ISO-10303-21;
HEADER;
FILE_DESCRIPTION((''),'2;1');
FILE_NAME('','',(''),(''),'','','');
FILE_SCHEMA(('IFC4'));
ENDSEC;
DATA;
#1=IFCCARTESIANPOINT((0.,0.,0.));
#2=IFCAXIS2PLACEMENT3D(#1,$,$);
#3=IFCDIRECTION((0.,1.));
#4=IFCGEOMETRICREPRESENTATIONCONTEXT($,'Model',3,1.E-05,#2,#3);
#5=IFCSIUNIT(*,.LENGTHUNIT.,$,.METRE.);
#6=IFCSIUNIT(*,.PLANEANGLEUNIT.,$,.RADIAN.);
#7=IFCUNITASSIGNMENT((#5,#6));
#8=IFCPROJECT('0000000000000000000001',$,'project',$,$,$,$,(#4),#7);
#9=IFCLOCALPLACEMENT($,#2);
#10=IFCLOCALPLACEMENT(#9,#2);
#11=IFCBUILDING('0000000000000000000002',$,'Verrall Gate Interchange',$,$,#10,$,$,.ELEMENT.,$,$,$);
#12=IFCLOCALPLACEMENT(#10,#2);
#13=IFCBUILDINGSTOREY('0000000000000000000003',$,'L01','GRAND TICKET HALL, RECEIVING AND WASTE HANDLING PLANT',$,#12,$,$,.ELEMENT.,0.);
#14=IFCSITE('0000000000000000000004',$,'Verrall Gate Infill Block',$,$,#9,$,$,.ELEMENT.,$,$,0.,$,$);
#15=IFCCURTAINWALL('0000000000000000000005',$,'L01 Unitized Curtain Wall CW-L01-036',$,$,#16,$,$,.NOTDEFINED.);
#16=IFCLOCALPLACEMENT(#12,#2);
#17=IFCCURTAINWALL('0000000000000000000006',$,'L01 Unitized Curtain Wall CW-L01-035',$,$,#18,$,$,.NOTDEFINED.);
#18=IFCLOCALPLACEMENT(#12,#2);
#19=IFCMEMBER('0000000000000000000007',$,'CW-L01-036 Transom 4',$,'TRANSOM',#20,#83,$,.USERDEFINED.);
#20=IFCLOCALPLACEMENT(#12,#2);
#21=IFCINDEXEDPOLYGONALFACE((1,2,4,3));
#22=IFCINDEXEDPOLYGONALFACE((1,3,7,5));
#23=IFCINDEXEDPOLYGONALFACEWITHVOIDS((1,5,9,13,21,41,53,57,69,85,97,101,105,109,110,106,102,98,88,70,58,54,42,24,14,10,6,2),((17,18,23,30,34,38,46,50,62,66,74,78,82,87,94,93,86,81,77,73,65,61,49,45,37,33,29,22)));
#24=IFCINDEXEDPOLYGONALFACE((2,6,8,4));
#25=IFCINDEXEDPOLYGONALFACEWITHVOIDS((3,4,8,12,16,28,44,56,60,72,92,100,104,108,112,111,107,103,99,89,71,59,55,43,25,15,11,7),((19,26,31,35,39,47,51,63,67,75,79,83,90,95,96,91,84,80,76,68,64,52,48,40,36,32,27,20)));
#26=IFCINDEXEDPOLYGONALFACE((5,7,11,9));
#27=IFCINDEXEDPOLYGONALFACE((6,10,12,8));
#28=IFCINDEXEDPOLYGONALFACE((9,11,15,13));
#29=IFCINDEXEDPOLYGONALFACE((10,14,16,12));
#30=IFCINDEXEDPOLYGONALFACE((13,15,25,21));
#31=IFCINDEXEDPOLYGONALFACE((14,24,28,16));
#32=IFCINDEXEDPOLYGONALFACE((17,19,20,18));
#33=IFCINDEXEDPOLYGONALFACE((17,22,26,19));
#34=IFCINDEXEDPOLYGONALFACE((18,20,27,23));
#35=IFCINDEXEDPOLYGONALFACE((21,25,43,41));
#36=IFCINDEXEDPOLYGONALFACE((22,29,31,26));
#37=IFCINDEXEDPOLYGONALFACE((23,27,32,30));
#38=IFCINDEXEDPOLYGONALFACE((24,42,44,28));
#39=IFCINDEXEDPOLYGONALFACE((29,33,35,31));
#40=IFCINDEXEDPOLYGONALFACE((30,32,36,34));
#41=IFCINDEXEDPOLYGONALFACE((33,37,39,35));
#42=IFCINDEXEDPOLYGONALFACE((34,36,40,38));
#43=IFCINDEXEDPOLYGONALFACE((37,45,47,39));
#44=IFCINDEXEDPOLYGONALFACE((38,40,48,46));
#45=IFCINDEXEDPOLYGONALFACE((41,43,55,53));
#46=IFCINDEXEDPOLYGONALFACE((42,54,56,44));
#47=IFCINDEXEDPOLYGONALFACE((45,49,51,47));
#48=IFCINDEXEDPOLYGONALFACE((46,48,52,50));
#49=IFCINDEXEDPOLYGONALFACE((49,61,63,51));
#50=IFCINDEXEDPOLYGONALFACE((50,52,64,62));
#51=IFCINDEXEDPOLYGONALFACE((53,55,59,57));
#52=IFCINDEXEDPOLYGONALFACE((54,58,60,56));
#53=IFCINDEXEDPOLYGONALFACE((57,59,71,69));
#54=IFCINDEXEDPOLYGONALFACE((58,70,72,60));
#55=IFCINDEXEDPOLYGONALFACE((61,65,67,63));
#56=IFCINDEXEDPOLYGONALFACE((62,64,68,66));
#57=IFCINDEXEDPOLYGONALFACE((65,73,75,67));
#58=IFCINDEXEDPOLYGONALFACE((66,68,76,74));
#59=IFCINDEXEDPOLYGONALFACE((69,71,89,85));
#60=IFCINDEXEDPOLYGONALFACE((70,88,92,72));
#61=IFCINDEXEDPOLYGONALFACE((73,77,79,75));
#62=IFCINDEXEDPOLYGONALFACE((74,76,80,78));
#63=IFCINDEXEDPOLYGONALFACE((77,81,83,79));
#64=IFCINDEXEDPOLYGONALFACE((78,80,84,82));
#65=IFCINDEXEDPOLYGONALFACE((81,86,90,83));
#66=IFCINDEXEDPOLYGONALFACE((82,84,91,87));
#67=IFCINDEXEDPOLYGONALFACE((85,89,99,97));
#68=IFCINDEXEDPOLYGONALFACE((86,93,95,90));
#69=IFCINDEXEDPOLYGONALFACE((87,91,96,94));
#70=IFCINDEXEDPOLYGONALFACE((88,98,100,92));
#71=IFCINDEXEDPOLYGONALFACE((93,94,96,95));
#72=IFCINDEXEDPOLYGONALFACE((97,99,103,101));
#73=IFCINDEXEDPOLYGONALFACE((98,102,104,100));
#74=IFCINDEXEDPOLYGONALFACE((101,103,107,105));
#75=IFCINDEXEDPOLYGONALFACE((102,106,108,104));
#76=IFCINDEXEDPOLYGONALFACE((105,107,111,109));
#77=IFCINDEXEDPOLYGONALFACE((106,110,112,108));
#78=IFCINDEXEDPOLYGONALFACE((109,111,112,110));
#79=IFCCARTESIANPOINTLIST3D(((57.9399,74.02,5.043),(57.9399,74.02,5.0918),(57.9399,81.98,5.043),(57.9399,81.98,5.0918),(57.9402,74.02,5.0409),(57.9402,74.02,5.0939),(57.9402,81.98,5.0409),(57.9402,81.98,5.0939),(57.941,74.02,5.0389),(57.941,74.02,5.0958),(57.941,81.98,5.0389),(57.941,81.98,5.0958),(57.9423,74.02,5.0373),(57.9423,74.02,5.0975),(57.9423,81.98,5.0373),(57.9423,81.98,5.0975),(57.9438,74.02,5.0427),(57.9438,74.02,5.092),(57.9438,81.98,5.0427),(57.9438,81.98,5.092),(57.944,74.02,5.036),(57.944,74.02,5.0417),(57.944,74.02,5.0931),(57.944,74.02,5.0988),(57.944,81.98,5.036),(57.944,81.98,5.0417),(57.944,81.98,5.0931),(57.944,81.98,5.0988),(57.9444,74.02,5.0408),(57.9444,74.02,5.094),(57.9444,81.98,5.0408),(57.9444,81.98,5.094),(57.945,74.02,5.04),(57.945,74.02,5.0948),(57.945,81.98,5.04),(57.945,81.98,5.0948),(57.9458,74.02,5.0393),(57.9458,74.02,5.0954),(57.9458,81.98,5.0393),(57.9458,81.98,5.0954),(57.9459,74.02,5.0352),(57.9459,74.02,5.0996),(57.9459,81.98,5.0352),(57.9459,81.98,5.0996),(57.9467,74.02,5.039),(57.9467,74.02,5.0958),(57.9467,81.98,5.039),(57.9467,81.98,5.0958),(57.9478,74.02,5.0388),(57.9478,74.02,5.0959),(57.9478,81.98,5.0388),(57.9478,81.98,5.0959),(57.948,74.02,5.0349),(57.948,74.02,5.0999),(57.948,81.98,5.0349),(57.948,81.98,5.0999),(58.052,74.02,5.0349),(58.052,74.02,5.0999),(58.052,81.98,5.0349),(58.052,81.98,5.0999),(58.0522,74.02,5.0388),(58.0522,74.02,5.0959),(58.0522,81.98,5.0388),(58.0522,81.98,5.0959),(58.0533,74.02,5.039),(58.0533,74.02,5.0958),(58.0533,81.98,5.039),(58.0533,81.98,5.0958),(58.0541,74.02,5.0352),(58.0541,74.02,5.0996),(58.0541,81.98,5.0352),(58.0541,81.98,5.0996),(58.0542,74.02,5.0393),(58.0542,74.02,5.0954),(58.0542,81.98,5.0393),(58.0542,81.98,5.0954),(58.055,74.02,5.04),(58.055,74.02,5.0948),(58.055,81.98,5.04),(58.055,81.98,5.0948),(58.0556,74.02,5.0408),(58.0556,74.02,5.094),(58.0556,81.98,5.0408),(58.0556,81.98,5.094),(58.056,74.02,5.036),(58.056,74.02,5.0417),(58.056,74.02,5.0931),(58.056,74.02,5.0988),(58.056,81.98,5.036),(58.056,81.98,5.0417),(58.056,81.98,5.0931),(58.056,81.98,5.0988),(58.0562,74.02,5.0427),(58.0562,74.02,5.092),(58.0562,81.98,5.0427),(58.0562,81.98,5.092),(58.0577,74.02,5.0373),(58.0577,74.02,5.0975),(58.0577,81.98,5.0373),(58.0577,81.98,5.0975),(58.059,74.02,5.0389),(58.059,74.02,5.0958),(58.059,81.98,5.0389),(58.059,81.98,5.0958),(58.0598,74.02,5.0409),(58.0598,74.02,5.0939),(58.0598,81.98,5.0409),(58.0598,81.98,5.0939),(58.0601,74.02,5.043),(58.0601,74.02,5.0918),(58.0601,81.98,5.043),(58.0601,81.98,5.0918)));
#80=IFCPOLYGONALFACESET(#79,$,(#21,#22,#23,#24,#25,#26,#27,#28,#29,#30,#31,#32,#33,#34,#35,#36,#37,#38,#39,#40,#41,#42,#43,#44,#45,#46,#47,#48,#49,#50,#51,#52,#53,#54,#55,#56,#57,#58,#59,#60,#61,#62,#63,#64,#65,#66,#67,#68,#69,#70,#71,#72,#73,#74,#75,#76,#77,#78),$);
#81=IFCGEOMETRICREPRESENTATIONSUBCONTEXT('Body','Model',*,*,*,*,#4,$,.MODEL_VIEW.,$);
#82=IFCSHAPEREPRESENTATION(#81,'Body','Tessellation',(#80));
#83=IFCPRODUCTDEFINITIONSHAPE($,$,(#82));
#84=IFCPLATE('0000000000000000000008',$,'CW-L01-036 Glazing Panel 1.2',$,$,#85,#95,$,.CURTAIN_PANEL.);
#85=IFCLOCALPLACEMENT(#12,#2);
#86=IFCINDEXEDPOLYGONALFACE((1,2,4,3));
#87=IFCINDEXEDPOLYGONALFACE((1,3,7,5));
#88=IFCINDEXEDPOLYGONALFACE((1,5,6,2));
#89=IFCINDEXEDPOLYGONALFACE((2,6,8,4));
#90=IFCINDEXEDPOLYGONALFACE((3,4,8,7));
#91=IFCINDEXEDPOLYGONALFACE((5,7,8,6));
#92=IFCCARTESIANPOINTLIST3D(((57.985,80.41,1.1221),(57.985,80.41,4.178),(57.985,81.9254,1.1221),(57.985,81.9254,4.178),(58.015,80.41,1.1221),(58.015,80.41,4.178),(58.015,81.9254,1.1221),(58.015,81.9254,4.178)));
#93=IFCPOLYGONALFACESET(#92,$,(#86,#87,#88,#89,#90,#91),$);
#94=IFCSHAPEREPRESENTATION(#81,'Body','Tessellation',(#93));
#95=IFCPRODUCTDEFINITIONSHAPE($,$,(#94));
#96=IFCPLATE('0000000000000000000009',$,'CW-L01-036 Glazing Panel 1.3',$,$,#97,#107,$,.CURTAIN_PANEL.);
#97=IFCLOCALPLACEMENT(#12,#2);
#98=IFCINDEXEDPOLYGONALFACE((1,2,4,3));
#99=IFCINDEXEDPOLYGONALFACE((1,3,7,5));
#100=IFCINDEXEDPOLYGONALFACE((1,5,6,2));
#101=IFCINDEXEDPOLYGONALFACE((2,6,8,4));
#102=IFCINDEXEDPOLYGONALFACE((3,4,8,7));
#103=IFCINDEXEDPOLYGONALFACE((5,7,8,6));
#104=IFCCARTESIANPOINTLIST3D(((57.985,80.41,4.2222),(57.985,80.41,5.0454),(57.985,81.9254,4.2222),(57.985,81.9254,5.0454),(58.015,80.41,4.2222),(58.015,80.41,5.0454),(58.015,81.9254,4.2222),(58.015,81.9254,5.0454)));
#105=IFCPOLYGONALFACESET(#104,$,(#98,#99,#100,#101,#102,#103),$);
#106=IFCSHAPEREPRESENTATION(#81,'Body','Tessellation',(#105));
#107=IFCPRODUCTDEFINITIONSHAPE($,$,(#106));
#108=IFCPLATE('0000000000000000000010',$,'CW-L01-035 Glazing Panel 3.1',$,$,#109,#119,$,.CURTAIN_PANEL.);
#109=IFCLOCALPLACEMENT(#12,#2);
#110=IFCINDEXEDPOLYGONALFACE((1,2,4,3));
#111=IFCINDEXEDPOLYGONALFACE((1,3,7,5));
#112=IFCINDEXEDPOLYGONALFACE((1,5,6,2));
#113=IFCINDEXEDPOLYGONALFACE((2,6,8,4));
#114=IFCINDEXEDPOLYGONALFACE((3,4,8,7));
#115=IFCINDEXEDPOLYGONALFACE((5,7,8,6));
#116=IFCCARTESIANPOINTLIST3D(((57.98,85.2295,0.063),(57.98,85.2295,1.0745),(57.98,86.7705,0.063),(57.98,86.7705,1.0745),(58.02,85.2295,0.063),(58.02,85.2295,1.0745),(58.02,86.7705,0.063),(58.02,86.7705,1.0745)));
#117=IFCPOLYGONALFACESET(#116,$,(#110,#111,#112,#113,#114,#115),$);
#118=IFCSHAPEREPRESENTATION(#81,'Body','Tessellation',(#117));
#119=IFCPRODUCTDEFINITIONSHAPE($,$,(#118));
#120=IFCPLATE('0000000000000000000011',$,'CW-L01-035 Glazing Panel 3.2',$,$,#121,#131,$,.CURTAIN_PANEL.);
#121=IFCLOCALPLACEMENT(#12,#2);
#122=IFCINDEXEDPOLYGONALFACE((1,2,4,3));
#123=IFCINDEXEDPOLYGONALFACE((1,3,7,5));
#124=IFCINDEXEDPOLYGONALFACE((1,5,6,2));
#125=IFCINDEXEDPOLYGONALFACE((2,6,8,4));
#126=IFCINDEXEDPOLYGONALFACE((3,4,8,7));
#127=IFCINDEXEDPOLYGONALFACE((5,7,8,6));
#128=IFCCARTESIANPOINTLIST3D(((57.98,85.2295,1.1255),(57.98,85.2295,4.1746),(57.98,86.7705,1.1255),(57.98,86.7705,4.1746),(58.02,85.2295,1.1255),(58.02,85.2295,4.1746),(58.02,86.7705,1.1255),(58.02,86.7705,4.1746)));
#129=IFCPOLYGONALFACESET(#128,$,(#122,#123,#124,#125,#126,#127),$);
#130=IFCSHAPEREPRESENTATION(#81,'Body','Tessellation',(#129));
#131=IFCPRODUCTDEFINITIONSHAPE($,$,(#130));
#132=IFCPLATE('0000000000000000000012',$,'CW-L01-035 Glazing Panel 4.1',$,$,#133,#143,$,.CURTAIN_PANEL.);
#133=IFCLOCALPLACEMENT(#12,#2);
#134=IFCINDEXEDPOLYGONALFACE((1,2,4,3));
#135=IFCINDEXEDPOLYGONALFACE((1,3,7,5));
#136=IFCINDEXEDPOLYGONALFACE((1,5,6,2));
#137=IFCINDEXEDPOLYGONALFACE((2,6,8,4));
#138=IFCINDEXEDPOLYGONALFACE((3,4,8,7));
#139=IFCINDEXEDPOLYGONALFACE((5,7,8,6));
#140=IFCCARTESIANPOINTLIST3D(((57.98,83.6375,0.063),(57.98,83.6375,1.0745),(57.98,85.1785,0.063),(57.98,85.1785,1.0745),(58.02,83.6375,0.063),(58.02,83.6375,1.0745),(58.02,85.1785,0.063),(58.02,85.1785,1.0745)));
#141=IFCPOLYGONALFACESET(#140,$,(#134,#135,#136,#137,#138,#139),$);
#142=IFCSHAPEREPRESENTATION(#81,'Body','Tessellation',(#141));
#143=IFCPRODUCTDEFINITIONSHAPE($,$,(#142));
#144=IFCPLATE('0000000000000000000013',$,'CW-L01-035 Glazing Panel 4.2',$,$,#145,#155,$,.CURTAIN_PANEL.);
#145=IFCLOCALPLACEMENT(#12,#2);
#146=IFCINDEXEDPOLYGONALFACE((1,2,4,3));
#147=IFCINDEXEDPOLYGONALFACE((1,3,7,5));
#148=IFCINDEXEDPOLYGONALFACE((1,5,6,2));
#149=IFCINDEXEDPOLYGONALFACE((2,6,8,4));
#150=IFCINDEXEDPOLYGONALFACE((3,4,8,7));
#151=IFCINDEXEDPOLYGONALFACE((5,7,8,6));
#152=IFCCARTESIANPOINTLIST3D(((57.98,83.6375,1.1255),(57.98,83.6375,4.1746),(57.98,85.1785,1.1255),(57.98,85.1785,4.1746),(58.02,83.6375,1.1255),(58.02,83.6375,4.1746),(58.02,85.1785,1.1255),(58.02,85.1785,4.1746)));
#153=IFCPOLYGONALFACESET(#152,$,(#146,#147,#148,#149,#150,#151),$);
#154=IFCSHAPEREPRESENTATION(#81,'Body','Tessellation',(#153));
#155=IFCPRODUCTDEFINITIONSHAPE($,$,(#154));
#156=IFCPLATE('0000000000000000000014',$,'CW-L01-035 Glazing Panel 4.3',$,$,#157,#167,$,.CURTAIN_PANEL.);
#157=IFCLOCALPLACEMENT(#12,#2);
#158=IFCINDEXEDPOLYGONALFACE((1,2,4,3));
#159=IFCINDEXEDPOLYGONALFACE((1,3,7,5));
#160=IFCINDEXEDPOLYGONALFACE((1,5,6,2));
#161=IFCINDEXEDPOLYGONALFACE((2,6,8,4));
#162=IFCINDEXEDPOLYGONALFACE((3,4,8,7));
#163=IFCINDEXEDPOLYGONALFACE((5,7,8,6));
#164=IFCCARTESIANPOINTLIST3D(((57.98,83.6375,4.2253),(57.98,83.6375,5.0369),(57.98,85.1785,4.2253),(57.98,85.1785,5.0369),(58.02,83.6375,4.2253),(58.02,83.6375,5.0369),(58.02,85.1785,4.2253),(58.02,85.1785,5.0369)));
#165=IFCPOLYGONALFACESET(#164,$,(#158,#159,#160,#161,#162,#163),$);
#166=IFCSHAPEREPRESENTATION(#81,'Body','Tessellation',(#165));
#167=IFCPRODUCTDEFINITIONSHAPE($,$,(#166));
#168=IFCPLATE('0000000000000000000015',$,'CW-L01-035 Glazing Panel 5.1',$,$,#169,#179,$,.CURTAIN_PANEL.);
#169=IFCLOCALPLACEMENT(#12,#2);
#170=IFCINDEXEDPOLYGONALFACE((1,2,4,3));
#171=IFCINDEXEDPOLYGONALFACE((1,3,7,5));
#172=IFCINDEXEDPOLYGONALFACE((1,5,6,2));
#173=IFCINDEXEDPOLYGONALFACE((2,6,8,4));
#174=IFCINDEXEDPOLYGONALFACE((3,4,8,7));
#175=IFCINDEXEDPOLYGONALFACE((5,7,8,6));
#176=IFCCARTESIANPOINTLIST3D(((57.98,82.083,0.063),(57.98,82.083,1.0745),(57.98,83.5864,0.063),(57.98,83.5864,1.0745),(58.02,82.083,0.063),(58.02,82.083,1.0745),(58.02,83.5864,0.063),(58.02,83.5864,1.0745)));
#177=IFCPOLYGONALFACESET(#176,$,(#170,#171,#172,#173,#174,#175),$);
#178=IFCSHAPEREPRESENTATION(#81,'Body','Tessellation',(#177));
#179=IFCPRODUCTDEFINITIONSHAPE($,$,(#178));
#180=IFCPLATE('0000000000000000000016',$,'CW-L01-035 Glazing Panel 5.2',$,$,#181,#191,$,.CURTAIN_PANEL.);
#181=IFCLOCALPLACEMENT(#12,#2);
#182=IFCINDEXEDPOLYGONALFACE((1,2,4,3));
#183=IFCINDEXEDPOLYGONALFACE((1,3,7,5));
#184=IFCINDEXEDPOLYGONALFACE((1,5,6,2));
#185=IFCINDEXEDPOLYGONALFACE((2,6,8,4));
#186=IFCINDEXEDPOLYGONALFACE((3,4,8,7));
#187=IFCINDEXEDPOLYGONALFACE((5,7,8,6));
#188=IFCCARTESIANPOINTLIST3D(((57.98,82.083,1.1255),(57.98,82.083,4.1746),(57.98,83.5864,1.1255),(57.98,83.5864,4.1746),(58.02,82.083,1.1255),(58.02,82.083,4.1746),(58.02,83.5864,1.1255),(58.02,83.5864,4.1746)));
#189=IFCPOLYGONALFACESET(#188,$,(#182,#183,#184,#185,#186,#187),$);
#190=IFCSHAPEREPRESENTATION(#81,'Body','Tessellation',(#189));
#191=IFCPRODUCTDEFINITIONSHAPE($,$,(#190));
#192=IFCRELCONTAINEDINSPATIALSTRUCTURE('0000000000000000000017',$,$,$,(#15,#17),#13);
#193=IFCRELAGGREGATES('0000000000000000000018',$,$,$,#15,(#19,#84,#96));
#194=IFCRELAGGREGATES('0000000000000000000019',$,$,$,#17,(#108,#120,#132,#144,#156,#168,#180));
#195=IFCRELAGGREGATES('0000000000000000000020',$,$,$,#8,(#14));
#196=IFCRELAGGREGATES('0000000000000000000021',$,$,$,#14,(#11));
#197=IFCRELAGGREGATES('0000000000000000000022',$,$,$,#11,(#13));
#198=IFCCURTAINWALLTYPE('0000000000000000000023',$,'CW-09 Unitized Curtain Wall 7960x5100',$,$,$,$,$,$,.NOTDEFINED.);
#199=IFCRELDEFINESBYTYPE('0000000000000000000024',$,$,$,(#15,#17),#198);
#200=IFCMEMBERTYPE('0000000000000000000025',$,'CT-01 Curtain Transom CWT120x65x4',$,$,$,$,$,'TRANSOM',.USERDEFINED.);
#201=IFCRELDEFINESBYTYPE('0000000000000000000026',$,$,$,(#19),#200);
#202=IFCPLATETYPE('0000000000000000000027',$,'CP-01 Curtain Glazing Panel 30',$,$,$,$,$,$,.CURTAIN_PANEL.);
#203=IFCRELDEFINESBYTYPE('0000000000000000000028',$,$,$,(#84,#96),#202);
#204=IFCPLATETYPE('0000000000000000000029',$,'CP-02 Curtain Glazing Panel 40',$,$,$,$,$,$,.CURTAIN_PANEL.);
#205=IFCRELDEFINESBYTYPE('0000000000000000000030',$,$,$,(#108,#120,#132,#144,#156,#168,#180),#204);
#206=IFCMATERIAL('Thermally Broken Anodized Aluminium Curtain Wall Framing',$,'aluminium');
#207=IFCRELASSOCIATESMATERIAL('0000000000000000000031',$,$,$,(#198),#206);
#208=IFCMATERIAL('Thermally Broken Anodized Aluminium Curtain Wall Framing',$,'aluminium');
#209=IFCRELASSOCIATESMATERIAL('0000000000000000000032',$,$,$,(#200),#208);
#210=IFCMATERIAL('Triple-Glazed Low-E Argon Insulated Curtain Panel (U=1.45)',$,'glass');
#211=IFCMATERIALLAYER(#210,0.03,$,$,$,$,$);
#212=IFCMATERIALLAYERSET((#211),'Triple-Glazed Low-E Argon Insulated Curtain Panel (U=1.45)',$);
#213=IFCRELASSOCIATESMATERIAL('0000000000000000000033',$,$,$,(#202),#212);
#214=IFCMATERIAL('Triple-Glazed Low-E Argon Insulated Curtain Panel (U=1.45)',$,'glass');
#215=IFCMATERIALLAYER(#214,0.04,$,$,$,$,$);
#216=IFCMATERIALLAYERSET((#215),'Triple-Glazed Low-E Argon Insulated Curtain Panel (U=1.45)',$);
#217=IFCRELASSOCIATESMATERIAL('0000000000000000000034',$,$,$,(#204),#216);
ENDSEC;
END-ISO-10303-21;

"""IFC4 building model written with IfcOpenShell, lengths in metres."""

from ifc_helpers import new_model, si_unit, direction, frame, origin, origin_2d, place, context, subcontext, project, spatial, rectangle, hollow_rectangle, extrude, material, layer, layer_set, material_profile, profile_set, type_object, element, aggregate, save


model = new_model("IFC4")

# Units and contexts
model_context = context("Model", 3, precision=1e-05, world=origin(), true_north=direction((0.0, 1.0)))
body_context = subcontext(model_context, "Body", "Model", "MODEL_VIEW")
ifc_project = project(units=[si_unit("LENGTHUNIT", "METRE"), si_unit("PLANEANGLEUNIT", "RADIAN")], contexts=[model_context])

# Site, building, storey
site_placement = place(None, origin())
site = spatial("IfcSite", under=ifc_project, at=site_placement, Name="Verrall Gate Infill Block", CompositionType="ELEMENT", RefElevation=0.0)
building_placement = place(site_placement, origin())
building = spatial("IfcBuilding", under=site, at=building_placement, Name="Verrall Gate Interchange", CompositionType="ELEMENT")
storey_placement = place(building_placement, origin())
storey = spatial("IfcBuildingStorey", under=building, at=storey_placement, Name="L01", Description="GRAND TICKET HALL, RECEIVING AND WASTE HANDLING PLANT", CompositionType="ELEMENT", Elevation=0.0)

# Curtain wall
ifc_material_1 = material(Name="Thermally Broken Anodized Aluminium Curtain Wall Framing", Category="aluminium")
curtain_wall_type = type_object("IfcCurtainWallType", Name="CW-09 Unitized Curtain Wall 7960x5100", PredefinedType="NOTDEFINED", material=ifc_material_1)
curtain_wall_1_placement = place(storey_placement, origin())
curtain_wall_1 = element("IfcCurtainWall", 1, at=curtain_wall_1_placement, inside=storey, type_object=curtain_wall_type, Name="L01 Unitized Curtain Wall CW-L01-036", PredefinedType="NOTDEFINED")

# Curtain wall
curtain_wall_2_placement = place(storey_placement, origin())
curtain_wall_2 = element("IfcCurtainWall", 2, at=curtain_wall_2_placement, inside=storey, type_object=curtain_wall_type, Name="L01 Unitized Curtain Wall CW-L01-035", PredefinedType="NOTDEFINED")

# Member
ifc_material_2 = material(Name="Thermally Broken Anodized Aluminium Curtain Wall Framing", Category="aluminium")
ifc_material_profile_1 = material_profile(ifc_material_2, hollow_rectangle(XDim=0.1201, YDim=0.0649, WallThickness=0.0039, InnerFilletRadius=0.0039, OuterFilletRadius=0.0081, at=origin_2d()), Name="CWT120x65x4")
ifc_profile_set_1 = profile_set([ifc_material_profile_1], Name="Thermally Broken Anodized Aluminium Curtain Wall Framing")
member_type_1 = type_object("IfcMemberType", Name="CT-01 Curtain Transom CWT120x65x4", ElementType="TRANSOM", PredefinedType="USERDEFINED", material=ifc_profile_set_1)
member_1_placement = place(storey_placement, frame((58.0, 81.98, 5.0674), z_axis=(0.0, -1.0, 0.0), x_axis=(1.0, 0.0, 0.0)))
member_1 = element("IfcMember", 3, at=member_1_placement, type_object=member_type_1, Name="CW-L01-036 Transom 4", ObjectType="TRANSOM", PredefinedType="USERDEFINED", context=body_context, shape_type="SweptSolid", body=[
    extrude(hollow_rectangle(XDim=0.1201, YDim=0.0649, WallThickness=0.0039, InnerFilletRadius=0.0039, OuterFilletRadius=0.0081, at=origin_2d()), origin(), (0.0, 0.0, 1.0), 7.96),
])

# Plates
ifc_material_3 = material(Name="Triple-Glazed Low-E Argon Insulated Curtain Panel (U=1.45)", Category="glass")
ifc_layer_1 = layer(ifc_material_3, 0.03)
ifc_layer_set_1 = layer_set([ifc_layer_1], Name="Triple-Glazed Low-E Argon Insulated Curtain Panel (U=1.45)")
plate_type_1 = type_object("IfcPlateType", Name="CP-01 Curtain Glazing Panel 30", PredefinedType="CURTAIN_PANEL", material=ifc_layer_set_1)
plate_1_placement = place(storey_placement, frame((58.0, 81.1677, 1.1221), z_axis=(0.0, 0.0, 1.0), x_axis=(0.0, -1.0, 0.0)))
plate_1 = element("IfcPlate", 4, at=plate_1_placement, type_object=plate_type_1, Name="CW-L01-036 Glazing Panel 1.2", PredefinedType="CURTAIN_PANEL", context=body_context, shape_type="SweptSolid", body=[
    extrude(rectangle(XDim=1.5154, YDim=0.03, at=origin_2d()), origin(), (0.0, 0.0, 1.0), 3.0559),
])
plate_2_placement = place(storey_placement, frame((58.0, 81.1677, 4.2222), z_axis=(0.0, 0.0, 1.0), x_axis=(0.0, -1.0, 0.0)))
plate_2 = element("IfcPlate", 5, at=plate_2_placement, type_object=plate_type_1, Name="CW-L01-036 Glazing Panel 1.3", PredefinedType="CURTAIN_PANEL", context=body_context, shape_type="SweptSolid", body=[
    extrude(rectangle(XDim=1.5154, YDim=0.03, at=origin_2d()), origin(), (0.0, 0.0, 1.0), 0.8232),
])
aggregate(curtain_wall_1, [member_1, plate_1, plate_2])
ifc_material_4 = material(Name="Triple-Glazed Low-E Argon Insulated Curtain Panel (U=1.45)", Category="glass")
ifc_layer_2 = layer(ifc_material_4, 0.04)
ifc_layer_set_2 = layer_set([ifc_layer_2], Name="Triple-Glazed Low-E Argon Insulated Curtain Panel (U=1.45)")
plate_type_2 = type_object("IfcPlateType", Name="CP-02 Curtain Glazing Panel 40", PredefinedType="CURTAIN_PANEL", material=ifc_layer_set_2)
plate_3_placement = place(storey_placement, frame((58.0, 86.0, 0.063), z_axis=(0.0, 0.0, 1.0), x_axis=(0.0, -1.0, 0.0)))
plate_3 = element("IfcPlate", 6, at=plate_3_placement, type_object=plate_type_2, Name="CW-L01-035 Glazing Panel 3.1", PredefinedType="CURTAIN_PANEL", context=body_context, shape_type="SweptSolid", body=[
    extrude(rectangle(XDim=1.541, YDim=0.04, at=origin_2d()), origin(), (0.0, 0.0, 1.0), 1.0115),
])
plate_4_placement = place(storey_placement, frame((58.0, 86.0, 1.1255), z_axis=(0.0, 0.0, 1.0), x_axis=(0.0, -1.0, 0.0)))
plate_4 = element("IfcPlate", 7, at=plate_4_placement, type_object=plate_type_2, Name="CW-L01-035 Glazing Panel 3.2", PredefinedType="CURTAIN_PANEL", context=body_context, shape_type="SweptSolid", body=[
    extrude(rectangle(XDim=1.541, YDim=0.04, at=origin_2d()), origin(), (0.0, 0.0, 1.0), 3.0491),
])
plate_5_placement = place(storey_placement, frame((58.0, 84.408, 0.063), z_axis=(0.0, 0.0, 1.0), x_axis=(0.0, -1.0, 0.0)))
plate_5 = element("IfcPlate", 8, at=plate_5_placement, type_object=plate_type_2, Name="CW-L01-035 Glazing Panel 4.1", PredefinedType="CURTAIN_PANEL", context=body_context, shape_type="SweptSolid", body=[
    extrude(rectangle(XDim=1.541, YDim=0.04, at=origin_2d()), origin(), (0.0, 0.0, 1.0), 1.0115),
])
plate_6_placement = place(storey_placement, frame((58.0, 84.408, 1.1255), z_axis=(0.0, 0.0, 1.0), x_axis=(0.0, -1.0, 0.0)))
plate_6 = element("IfcPlate", 9, at=plate_6_placement, type_object=plate_type_2, Name="CW-L01-035 Glazing Panel 4.2", PredefinedType="CURTAIN_PANEL", context=body_context, shape_type="SweptSolid", body=[
    extrude(rectangle(XDim=1.541, YDim=0.04, at=origin_2d()), origin(), (0.0, 0.0, 1.0), 3.0491),
])
plate_7_placement = place(storey_placement, frame((58.0, 84.408, 4.2253), z_axis=(0.0, 0.0, 1.0), x_axis=(0.0, -1.0, 0.0)))
plate_7 = element("IfcPlate", 10, at=plate_7_placement, type_object=plate_type_2, Name="CW-L01-035 Glazing Panel 4.3", PredefinedType="CURTAIN_PANEL", context=body_context, shape_type="SweptSolid", body=[
    extrude(rectangle(XDim=1.541, YDim=0.04, at=origin_2d()), origin(), (0.0, 0.0, 1.0), 0.8115),
])
plate_8_placement = place(storey_placement, frame((58.0, 82.8347, 0.063), z_axis=(0.0, 0.0, 1.0), x_axis=(0.0, -1.0, 0.0)))
plate_8 = element("IfcPlate", 11, at=plate_8_placement, type_object=plate_type_2, Name="CW-L01-035 Glazing Panel 5.1", PredefinedType="CURTAIN_PANEL", context=body_context, shape_type="SweptSolid", body=[
    extrude(rectangle(XDim=1.5034, YDim=0.04, at=origin_2d()), origin(), (0.0, 0.0, 1.0), 1.0115),
])
plate_9_placement = place(storey_placement, frame((58.0, 82.8347, 1.1255), z_axis=(0.0, 0.0, 1.0), x_axis=(0.0, -1.0, 0.0)))
plate_9 = element("IfcPlate", 12, at=plate_9_placement, type_object=plate_type_2, Name="CW-L01-035 Glazing Panel 5.2", PredefinedType="CURTAIN_PANEL", context=body_context, shape_type="SweptSolid", body=[
    extrude(rectangle(XDim=1.5034, YDim=0.04, at=origin_2d()), origin(), (0.0, 0.0, 1.0), 3.0491),
])
aggregate(curtain_wall_2, [plate_3, plate_4, plate_5, plate_6, plate_7, plate_8, plate_9])

save(model, "model.ifc")
